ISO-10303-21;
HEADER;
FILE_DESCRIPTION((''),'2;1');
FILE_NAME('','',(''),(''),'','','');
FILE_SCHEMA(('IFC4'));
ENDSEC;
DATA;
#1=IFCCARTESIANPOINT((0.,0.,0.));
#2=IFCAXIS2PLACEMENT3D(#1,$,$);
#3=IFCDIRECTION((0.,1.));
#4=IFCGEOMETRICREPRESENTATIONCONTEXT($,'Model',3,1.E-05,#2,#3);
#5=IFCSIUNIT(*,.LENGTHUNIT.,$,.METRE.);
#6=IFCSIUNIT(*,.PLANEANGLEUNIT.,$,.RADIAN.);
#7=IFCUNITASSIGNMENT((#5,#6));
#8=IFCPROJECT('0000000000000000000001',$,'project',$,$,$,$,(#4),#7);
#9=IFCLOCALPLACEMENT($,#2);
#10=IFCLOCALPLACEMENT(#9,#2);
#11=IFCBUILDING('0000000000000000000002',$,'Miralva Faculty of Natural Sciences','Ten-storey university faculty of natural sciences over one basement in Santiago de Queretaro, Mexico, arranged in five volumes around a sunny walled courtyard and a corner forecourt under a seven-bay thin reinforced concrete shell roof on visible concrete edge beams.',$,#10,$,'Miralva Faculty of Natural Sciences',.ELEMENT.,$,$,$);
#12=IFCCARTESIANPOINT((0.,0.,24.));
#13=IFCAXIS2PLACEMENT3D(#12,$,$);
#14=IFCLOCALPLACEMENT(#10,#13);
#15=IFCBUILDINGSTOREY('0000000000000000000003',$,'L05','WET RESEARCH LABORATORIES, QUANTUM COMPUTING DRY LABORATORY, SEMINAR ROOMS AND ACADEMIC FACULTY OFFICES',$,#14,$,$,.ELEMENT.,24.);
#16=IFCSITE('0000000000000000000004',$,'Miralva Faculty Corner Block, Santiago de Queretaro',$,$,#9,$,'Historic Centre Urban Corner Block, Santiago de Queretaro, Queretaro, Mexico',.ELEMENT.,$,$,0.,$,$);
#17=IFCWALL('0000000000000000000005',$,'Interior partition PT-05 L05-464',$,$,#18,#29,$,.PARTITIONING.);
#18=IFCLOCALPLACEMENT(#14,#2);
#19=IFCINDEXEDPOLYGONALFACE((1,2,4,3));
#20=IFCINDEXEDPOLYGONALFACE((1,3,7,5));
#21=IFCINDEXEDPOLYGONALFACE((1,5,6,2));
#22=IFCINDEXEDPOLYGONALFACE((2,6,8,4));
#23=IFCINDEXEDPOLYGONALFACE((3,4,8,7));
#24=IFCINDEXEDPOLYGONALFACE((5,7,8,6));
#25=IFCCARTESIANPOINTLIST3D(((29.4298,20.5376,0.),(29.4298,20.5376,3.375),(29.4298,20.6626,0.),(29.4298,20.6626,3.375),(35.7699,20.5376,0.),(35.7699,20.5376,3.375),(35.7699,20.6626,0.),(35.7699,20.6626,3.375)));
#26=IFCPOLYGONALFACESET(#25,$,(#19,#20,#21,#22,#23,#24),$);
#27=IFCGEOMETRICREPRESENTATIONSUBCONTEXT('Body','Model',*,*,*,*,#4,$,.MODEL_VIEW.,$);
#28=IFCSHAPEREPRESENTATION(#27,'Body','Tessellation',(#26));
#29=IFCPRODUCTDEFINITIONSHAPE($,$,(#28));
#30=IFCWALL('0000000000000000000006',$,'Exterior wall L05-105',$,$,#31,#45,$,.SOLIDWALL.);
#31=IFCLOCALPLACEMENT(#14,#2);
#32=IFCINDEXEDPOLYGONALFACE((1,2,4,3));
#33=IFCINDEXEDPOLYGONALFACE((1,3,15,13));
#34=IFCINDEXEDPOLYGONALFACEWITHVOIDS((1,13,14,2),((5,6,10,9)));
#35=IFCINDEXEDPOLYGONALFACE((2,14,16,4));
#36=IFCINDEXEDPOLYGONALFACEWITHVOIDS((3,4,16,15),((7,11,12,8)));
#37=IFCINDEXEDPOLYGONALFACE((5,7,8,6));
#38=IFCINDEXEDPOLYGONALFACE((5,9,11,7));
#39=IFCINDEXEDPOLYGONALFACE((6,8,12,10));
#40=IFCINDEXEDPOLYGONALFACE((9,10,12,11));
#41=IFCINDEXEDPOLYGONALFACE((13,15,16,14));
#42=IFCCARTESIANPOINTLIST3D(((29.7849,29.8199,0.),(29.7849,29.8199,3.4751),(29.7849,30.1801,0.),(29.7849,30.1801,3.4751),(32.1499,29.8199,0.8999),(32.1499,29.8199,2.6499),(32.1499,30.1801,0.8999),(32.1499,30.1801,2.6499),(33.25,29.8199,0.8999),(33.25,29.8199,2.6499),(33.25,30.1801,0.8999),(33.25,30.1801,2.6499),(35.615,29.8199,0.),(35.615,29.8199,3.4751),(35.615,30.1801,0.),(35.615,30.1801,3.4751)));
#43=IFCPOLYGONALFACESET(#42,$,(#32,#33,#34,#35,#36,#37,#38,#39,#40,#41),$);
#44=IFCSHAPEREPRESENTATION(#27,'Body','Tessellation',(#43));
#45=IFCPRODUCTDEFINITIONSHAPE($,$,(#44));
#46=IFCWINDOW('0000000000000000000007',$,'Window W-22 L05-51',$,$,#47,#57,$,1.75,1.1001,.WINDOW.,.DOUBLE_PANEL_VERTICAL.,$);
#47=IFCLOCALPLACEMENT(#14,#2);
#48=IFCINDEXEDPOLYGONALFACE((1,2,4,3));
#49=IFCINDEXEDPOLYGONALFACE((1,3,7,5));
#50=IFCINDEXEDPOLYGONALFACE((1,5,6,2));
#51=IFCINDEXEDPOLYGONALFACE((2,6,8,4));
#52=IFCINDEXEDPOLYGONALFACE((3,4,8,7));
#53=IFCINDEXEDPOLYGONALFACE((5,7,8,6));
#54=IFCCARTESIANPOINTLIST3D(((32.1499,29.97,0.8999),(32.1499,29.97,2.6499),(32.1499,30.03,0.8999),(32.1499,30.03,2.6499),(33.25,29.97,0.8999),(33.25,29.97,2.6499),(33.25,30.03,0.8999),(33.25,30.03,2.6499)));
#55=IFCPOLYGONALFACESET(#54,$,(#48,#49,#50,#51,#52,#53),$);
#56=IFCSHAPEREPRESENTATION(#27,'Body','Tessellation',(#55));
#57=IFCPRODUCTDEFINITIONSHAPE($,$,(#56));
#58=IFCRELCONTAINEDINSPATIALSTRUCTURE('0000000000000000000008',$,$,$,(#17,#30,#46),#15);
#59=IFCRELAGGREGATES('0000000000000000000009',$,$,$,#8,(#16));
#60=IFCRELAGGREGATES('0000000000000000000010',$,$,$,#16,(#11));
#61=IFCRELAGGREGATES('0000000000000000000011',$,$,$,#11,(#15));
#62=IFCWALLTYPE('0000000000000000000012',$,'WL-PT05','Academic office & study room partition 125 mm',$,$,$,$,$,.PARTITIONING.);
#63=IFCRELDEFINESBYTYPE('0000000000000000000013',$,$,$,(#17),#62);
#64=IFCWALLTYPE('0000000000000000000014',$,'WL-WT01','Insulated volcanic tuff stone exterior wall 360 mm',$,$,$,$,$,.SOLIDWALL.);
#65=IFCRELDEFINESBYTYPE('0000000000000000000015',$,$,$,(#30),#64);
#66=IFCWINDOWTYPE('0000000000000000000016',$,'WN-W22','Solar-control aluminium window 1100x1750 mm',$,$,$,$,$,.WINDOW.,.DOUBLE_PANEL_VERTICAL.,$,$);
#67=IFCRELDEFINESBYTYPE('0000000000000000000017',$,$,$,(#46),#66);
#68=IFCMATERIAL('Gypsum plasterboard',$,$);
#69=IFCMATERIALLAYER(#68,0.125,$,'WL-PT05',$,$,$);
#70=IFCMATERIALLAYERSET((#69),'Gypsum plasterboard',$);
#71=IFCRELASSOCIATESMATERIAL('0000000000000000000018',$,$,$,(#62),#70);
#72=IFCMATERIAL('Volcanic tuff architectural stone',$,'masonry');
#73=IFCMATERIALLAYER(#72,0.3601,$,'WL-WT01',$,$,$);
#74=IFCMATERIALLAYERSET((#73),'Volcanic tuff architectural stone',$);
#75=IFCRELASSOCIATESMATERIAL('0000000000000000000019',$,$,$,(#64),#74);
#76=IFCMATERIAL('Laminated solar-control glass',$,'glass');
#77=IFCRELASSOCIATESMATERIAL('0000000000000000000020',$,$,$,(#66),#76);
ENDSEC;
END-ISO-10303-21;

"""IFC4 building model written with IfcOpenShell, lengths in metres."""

from ifc_helpers import new_model, si_unit, direction, frame, frame_2d, origin, place, context, subcontext, project, spatial, rectangle, extrude, material, layer, layer_set, type_object, element, fill, save


model = new_model("IFC4")

# Units and contexts
model_context = context("Model", 3, precision=1e-05, world=origin(), true_north=direction((0.0, 1.0)))
body_context = subcontext(model_context, "Body", "Model", "MODEL_VIEW")
ifc_project = project(units=[si_unit("LENGTHUNIT", "METRE"), si_unit("PLANEANGLEUNIT", "RADIAN")], contexts=[model_context])

# Site, building, storey
site_placement = place(None, origin())
site = spatial("IfcSite", under=ifc_project, at=site_placement, Name="Miralva Faculty Corner Block, Santiago de Queretaro", LongName="Historic Centre Urban Corner Block, Santiago de Queretaro, Queretaro, Mexico", CompositionType="ELEMENT", RefElevation=0.0)
building_placement = place(site_placement, origin())
building = spatial("IfcBuilding", under=site, at=building_placement, Name="Miralva Faculty of Natural Sciences", Description="Ten-storey university faculty of natural sciences over one basement in Santiago de Queretaro, Mexico, arranged in five volumes around a sunny walled courtyard and a corner forecourt under a seven-bay thin reinforced concrete shell roof on visible concrete edge beams.", LongName="Miralva Faculty of Natural Sciences", CompositionType="ELEMENT")
storey_placement = place(building_placement, frame((0.0, 0.0, 24.0)))
storey = spatial("IfcBuildingStorey", under=building, at=storey_placement, Name="L05", Description="WET RESEARCH LABORATORIES, QUANTUM COMPUTING DRY LABORATORY, SEMINAR ROOMS AND ACADEMIC FACULTY OFFICES", CompositionType="ELEMENT", Elevation=24.0)

# Shared definitions
ifc_material_1 = material(Name="Laminated solar-control glass", Category="glass")

# Shared definitions
ifc_material_2 = material(Name="Gypsum plasterboard")

# Shared definitions
ifc_layer_1 = layer(ifc_material_2, 0.125, Name="WL-PT05")
ifc_layer_set_1 = layer_set([ifc_layer_1], Name="Gypsum plasterboard")
wall_type_1 = type_object("IfcWallType", Name="WL-PT05", Description="Academic office & study room partition 125 mm", PredefinedType="PARTITIONING", material=ifc_layer_set_1)

# Wall
wall_1_placement = place(storey_placement, frame((29.4299, 20.6001, 0.0), z_axis=(0.0, 0.0, 1.0), x_axis=(1.0, 0.0, 0.0)))
element("IfcWall", 1, at=wall_1_placement, inside=storey, type_object=wall_type_1, Name="Interior partition PT-05 L05-464", PredefinedType="PARTITIONING", context=body_context, shape_type="SweptSolid", body=[
    extrude(rectangle(XDim=6.3401, YDim=0.125, at=frame_2d((3.1699, 0.0))), origin(), (0.0, 0.0, 1.0), 3.375),
])

# Wall, opening, window
ifc_material_3 = material(Name="Volcanic tuff architectural stone", Category="masonry")
ifc_layer_2 = layer(ifc_material_3, 0.3601, Name="WL-WT01")
ifc_layer_set_2 = layer_set([ifc_layer_2], Name="Volcanic tuff architectural stone")
wall_type_2 = type_object("IfcWallType", Name="WL-WT01", Description="Insulated volcanic tuff stone exterior wall 360 mm", PredefinedType="SOLIDWALL", material=ifc_layer_set_2)
wall_2_placement = place(storey_placement, frame((29.7849, 30.0, 0.0), z_axis=(0.0, 0.0, 1.0), x_axis=(1.0, 0.0, 0.0)))
wall_2 = element("IfcWall", 2, at=wall_2_placement, inside=storey, type_object=wall_type_2, Name="Exterior wall L05-105", PredefinedType="SOLIDWALL", context=body_context, shape_type="SweptSolid", body=[
    extrude(rectangle(XDim=5.8301, YDim=0.3601, at=frame_2d((2.915, 0.0))), origin(), (0.0, 0.0, 1.0), 3.4751),
])
opening_1_placement = place(wall_2_placement, frame((2.365, 0.0, 0.8999)))
opening_1 = element("IfcOpeningElement", 3, at=opening_1_placement, cuts=wall_2, PredefinedType="OPENING", context=body_context, shape_type="SweptSolid", body=[
    extrude(rectangle(XDim=1.1001, YDim=1.75, at=frame_2d((0.55, 0.875))), frame((0.0, 0.1899, 0.0), z_axis=(0.0, -1.0, 0.0), x_axis=(1.0, 0.0, 0.0)), (0.0, 0.0, 1.0), 0.3801),
])
window_type = type_object("IfcWindowType", Name="WN-W22", Description="Solar-control aluminium window 1100x1750 mm", PartitioningType="DOUBLE_PANEL_VERTICAL", PredefinedType="WINDOW", material=ifc_material_1)
window_placement = place(opening_1_placement, origin())
window = element("IfcWindow", 4, at=window_placement, inside=storey, type_object=window_type, Name="Window W-22 L05-51", OverallHeight=1.75, OverallWidth=1.1001, PartitioningType="DOUBLE_PANEL_VERTICAL", PredefinedType="WINDOW", context=body_context, shape_type="SweptSolid", body=[
    extrude(rectangle(XDim=1.1001, YDim=1.75, at=frame_2d((0.55, 0.875))), frame((0.0, 0.03, 0.0), z_axis=(0.0, -1.0, 0.0), x_axis=(1.0, 0.0, 0.0)), (0.0, 0.0, 1.0), 0.0601),
])
fill(opening_1, window)

save(model, "model.ifc")
